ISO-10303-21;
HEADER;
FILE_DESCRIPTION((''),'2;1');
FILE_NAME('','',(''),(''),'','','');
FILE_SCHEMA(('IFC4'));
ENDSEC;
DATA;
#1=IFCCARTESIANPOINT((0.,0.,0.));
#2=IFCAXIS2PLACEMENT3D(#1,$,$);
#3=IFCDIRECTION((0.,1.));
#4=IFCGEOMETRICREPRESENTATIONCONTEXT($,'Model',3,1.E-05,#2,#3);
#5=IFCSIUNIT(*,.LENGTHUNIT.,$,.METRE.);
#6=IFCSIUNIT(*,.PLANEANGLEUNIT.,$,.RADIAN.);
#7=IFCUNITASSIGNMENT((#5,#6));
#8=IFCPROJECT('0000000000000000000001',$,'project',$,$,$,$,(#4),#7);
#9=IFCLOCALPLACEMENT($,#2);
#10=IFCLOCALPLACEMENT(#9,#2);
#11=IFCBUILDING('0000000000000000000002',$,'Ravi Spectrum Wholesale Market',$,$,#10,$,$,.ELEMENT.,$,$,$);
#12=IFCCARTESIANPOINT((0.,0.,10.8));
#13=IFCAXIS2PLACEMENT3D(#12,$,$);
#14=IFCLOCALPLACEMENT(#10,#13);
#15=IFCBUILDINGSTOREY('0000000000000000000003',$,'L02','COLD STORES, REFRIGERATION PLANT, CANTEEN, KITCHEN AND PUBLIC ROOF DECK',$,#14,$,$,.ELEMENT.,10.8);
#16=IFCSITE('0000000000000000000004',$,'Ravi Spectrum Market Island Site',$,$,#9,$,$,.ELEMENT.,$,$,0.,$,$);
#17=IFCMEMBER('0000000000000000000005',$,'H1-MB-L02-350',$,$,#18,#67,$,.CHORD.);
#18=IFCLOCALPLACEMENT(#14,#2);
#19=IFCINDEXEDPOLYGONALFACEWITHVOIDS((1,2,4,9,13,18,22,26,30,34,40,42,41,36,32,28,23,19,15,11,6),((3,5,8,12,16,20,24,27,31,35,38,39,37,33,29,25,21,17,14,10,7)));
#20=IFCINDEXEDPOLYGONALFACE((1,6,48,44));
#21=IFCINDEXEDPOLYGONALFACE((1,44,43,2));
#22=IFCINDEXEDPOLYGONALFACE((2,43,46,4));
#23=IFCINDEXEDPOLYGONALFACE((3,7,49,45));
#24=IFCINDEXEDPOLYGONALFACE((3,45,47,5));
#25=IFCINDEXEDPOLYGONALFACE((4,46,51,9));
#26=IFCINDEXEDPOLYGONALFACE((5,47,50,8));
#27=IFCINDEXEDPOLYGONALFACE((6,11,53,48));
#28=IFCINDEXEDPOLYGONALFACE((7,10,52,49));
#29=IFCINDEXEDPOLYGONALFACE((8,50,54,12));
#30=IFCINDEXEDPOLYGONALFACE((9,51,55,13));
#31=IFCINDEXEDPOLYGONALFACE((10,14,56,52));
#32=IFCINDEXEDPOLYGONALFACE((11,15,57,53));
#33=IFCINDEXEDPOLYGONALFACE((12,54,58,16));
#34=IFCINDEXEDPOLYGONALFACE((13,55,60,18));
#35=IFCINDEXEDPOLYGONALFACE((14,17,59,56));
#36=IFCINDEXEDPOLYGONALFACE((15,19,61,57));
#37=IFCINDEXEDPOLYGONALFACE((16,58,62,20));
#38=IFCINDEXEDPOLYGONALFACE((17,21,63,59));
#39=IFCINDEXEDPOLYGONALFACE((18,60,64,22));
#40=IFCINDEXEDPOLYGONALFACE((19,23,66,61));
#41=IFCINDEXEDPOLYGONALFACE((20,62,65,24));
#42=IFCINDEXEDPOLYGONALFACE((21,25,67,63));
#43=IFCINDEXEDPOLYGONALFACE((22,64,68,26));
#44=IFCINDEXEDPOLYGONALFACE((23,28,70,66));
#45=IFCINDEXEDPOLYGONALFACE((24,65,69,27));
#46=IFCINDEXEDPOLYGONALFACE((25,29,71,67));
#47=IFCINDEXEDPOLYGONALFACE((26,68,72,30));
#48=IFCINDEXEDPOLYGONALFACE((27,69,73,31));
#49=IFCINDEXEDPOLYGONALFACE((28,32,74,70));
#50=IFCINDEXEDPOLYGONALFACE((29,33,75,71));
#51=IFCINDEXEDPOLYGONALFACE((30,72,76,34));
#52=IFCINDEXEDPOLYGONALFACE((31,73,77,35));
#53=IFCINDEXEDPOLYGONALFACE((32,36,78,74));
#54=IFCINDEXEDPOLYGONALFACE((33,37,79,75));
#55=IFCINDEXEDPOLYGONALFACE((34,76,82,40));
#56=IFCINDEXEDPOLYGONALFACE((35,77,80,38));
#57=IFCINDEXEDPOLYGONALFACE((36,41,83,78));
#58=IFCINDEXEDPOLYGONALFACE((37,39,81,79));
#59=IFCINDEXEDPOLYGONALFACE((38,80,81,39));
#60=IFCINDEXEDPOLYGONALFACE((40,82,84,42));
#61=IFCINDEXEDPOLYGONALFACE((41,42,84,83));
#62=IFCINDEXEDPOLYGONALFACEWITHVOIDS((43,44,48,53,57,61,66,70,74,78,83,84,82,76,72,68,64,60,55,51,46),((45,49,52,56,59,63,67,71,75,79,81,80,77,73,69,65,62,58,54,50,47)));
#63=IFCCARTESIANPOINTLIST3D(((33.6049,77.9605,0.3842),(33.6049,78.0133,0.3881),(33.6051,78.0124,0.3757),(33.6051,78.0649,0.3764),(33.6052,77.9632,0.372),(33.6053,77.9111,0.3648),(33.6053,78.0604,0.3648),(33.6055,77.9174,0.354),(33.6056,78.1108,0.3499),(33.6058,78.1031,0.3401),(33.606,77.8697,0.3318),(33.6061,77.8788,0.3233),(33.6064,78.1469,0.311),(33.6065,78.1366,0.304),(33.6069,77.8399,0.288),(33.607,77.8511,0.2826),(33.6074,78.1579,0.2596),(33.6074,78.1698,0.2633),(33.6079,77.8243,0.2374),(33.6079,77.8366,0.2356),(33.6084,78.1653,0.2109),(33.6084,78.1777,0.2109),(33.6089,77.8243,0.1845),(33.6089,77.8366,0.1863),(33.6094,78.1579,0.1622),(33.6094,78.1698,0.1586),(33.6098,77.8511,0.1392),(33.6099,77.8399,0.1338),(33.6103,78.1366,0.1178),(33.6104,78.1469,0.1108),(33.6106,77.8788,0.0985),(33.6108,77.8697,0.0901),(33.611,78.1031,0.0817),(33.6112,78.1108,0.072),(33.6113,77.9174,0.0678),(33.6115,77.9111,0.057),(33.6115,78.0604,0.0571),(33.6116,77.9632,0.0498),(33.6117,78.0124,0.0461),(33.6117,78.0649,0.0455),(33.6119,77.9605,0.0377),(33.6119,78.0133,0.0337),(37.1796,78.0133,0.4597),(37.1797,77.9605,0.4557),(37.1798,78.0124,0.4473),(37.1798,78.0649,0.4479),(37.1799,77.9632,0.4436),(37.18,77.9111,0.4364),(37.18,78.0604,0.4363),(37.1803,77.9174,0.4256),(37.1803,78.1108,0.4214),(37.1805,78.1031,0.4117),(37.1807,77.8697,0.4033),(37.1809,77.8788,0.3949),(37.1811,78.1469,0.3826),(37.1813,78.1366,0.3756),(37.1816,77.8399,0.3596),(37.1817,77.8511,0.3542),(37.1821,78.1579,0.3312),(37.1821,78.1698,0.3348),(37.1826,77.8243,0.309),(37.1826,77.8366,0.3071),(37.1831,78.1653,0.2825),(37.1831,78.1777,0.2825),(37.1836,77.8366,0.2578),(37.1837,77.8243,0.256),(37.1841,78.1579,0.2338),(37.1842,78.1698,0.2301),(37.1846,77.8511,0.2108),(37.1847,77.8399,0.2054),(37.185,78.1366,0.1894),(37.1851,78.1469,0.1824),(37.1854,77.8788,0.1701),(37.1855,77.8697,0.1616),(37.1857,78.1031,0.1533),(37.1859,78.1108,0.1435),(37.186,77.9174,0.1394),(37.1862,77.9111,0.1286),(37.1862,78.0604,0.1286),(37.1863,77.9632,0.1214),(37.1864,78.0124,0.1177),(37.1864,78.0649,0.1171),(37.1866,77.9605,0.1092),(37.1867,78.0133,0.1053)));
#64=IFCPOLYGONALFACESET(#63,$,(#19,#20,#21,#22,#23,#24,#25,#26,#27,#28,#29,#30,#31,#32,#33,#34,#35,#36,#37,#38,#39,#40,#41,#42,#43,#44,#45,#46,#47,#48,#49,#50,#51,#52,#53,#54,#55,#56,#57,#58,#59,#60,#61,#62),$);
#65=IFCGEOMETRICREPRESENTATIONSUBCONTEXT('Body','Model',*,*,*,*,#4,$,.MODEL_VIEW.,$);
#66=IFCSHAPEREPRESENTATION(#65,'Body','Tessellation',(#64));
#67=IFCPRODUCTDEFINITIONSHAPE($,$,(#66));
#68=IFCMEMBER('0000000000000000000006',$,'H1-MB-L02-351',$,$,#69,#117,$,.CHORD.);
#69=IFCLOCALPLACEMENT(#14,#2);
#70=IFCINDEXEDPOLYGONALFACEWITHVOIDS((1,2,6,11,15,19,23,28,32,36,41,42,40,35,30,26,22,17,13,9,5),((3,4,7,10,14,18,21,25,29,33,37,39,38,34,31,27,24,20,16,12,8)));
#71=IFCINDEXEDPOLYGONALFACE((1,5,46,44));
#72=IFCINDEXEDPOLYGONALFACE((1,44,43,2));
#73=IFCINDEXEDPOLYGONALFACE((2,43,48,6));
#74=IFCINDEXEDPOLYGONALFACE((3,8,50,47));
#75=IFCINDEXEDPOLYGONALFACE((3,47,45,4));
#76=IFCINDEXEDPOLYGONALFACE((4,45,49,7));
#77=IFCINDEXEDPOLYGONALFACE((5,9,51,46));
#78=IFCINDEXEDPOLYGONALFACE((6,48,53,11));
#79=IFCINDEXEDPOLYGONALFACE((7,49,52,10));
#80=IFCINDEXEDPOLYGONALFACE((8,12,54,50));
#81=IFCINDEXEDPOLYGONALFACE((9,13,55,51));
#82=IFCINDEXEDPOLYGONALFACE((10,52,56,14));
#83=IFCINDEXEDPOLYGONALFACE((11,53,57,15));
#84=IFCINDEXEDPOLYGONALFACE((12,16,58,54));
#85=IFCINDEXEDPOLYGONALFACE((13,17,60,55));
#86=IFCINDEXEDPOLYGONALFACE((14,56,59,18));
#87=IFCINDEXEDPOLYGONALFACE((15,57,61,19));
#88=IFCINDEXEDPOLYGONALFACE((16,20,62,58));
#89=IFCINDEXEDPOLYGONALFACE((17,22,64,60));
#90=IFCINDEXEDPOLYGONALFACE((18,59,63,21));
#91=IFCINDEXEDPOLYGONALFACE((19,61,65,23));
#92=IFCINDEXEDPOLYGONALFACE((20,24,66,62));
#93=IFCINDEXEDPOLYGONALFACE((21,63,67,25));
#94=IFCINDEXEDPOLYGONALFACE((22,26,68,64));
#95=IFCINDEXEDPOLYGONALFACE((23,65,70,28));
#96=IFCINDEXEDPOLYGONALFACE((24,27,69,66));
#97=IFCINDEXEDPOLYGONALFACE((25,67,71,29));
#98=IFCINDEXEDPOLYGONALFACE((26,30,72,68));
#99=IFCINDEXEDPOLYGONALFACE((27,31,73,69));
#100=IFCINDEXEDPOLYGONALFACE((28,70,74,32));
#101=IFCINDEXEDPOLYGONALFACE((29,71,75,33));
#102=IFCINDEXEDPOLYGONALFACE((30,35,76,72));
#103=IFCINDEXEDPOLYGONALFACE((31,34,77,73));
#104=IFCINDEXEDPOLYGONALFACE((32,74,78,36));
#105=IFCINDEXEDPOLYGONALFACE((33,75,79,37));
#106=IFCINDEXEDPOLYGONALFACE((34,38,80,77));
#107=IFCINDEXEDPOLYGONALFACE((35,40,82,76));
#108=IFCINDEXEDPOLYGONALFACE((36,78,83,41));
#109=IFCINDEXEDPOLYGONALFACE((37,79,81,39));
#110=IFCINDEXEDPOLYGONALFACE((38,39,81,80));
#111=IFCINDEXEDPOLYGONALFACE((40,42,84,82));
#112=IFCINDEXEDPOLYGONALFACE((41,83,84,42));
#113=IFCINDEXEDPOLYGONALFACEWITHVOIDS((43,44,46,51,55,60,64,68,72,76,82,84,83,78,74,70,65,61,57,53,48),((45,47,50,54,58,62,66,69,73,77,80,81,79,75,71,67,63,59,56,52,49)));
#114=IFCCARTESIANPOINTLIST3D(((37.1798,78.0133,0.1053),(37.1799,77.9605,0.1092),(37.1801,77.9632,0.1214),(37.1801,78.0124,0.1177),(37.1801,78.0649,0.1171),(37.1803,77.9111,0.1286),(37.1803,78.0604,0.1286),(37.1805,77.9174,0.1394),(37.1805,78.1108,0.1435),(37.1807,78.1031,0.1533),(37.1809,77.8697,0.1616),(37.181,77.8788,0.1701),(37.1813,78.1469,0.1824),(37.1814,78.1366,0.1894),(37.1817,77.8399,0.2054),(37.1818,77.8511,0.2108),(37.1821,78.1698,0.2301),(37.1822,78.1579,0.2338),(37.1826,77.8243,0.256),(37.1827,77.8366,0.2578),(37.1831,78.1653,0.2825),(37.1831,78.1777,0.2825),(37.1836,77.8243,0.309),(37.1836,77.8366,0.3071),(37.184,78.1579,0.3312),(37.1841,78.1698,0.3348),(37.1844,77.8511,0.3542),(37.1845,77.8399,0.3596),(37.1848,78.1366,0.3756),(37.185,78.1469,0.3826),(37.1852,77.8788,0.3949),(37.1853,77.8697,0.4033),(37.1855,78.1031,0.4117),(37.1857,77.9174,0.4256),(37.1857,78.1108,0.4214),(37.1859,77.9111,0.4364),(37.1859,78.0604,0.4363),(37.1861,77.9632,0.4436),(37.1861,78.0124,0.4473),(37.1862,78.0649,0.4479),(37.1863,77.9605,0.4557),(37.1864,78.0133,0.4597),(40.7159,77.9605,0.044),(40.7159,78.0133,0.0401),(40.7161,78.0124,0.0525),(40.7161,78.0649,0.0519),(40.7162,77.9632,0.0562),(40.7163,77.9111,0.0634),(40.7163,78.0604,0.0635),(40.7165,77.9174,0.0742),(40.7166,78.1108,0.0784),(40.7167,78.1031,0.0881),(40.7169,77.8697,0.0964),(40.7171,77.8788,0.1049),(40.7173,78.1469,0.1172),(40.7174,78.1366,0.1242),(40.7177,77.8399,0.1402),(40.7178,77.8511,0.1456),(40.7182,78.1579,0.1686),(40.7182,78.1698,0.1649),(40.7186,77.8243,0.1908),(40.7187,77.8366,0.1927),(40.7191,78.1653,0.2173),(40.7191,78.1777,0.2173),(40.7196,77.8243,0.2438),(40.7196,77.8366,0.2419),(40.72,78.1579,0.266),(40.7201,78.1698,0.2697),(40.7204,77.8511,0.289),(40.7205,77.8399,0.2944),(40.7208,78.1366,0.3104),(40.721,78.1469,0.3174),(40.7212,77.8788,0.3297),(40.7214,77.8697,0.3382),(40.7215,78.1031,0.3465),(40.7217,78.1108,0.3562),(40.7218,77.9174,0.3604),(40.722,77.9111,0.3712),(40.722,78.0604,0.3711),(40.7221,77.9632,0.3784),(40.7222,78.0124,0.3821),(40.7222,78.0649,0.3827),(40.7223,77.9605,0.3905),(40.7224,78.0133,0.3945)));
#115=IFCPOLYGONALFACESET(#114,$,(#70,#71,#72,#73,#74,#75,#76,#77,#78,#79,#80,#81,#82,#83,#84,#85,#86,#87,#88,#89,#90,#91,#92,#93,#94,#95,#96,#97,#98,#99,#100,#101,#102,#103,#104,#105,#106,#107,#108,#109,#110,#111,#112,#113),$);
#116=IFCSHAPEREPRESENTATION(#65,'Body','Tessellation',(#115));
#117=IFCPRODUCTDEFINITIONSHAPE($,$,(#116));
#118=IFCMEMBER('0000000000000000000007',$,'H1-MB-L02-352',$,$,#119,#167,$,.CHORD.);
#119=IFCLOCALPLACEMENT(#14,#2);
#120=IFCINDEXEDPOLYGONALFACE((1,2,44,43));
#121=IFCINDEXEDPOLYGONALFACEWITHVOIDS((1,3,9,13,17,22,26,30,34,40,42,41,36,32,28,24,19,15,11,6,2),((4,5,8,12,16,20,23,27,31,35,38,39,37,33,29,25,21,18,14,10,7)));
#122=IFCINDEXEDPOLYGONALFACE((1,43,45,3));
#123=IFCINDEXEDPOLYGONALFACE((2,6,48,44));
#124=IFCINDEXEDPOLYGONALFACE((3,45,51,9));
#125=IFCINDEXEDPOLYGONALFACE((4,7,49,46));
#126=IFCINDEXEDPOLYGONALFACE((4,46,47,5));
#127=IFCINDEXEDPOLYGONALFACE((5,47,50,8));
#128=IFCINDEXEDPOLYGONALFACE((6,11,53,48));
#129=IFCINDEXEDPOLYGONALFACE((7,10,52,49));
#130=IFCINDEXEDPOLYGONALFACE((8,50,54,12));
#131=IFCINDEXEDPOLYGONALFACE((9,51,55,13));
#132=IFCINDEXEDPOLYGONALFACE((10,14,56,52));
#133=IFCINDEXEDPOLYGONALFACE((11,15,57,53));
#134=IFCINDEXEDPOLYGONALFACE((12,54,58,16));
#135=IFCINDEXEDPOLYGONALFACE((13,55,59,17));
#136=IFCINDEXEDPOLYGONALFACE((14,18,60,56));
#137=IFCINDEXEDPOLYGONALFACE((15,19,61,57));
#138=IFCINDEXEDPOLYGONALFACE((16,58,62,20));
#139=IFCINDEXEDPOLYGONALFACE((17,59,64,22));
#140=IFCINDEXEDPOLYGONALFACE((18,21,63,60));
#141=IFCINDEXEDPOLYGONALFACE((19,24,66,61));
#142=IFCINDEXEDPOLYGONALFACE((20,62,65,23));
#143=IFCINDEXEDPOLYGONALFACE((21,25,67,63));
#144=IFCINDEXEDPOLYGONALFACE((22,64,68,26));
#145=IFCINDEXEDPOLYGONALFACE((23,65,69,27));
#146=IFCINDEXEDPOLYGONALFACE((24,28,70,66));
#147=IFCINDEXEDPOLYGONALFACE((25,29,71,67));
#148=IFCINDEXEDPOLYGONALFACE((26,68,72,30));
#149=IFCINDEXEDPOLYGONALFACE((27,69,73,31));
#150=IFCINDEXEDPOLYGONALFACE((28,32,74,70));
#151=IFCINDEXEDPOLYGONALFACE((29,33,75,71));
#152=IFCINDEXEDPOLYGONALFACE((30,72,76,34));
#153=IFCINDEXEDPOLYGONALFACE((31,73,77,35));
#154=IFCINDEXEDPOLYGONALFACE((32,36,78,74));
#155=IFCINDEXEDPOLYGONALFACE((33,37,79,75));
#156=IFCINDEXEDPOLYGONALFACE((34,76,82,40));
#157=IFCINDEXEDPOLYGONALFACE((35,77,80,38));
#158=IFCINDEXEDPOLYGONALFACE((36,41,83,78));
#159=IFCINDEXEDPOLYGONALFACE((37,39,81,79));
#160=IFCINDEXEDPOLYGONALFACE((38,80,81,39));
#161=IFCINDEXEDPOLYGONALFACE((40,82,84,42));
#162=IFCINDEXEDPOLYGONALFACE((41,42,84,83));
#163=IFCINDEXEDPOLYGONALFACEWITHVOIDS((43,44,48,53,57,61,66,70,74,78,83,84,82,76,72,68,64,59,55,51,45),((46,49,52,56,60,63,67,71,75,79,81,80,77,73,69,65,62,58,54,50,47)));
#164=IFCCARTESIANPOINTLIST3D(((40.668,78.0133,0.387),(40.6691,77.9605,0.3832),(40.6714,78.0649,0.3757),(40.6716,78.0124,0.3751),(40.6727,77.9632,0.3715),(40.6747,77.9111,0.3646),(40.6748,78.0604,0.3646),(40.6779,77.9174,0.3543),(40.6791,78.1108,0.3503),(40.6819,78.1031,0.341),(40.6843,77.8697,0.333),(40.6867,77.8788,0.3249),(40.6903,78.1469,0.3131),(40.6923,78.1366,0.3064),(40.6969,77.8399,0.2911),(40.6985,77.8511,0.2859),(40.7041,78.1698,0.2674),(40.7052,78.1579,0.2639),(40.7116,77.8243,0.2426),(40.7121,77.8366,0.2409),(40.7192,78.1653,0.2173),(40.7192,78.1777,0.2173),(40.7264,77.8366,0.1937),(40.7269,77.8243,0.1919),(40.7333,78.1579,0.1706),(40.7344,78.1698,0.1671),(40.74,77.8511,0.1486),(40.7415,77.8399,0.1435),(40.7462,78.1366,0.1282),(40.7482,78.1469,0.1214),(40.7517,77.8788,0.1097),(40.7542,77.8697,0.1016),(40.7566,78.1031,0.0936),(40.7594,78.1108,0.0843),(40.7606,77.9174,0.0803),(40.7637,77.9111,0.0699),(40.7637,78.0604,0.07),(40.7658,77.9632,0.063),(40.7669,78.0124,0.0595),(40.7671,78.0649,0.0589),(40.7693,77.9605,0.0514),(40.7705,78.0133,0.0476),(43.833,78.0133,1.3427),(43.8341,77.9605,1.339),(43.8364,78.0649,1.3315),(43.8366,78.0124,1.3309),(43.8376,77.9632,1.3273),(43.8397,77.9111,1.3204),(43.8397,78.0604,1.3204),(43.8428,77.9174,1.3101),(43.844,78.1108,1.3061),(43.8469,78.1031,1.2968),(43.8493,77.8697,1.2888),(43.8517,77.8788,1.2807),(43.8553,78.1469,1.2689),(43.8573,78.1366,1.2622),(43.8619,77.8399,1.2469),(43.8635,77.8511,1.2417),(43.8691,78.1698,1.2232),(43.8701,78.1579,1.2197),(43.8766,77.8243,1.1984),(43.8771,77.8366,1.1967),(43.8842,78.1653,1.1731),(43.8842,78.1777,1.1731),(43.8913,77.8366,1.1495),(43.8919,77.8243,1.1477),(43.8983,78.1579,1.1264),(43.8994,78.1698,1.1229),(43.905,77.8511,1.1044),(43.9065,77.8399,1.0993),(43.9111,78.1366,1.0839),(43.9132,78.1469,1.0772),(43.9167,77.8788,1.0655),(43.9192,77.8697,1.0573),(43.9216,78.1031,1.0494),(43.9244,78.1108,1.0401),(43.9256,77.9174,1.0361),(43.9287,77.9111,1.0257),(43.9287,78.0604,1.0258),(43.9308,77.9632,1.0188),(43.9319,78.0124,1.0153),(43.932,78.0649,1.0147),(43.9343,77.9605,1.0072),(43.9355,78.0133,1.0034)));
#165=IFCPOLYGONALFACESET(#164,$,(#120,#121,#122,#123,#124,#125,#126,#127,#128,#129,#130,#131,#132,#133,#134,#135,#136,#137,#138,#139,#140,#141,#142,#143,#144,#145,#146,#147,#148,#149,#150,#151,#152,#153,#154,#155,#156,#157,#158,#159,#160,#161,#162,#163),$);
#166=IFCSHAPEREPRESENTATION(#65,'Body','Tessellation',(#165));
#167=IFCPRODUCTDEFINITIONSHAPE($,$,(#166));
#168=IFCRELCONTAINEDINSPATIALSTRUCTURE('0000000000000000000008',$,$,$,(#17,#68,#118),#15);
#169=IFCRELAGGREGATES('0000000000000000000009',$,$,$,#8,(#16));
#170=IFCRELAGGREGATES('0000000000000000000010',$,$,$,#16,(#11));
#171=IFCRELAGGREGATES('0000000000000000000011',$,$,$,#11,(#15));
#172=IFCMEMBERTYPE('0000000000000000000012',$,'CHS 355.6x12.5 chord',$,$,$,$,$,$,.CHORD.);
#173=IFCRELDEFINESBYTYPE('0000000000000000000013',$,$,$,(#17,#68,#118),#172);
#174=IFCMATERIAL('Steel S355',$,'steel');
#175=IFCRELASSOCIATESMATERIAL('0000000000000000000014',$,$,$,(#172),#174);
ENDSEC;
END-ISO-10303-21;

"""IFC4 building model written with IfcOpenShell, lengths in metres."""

from ifc_helpers import new_model, si_unit, direction, frame, origin, origin_2d, place, context, subcontext, project, spatial, hollow_circle, extrude, material, material_profile, profile_set, type_object, element, save


model = new_model("IFC4")

# Units and contexts
model_context = context("Model", 3, precision=1e-05, world=origin(), true_north=direction((0.0, 1.0)))
body_context = subcontext(model_context, "Body", "Model", "MODEL_VIEW")
ifc_project = project(units=[si_unit("LENGTHUNIT", "METRE"), si_unit("PLANEANGLEUNIT", "RADIAN")], contexts=[model_context])

# Site, building, storey
site_placement = place(None, origin())
site = spatial("IfcSite", under=ifc_project, at=site_placement, Name="Ravi Spectrum Market Island Site", CompositionType="ELEMENT", RefElevation=0.0)
building_placement = place(site_placement, origin())
building = spatial("IfcBuilding", under=site, at=building_placement, Name="Ravi Spectrum Wholesale Market", CompositionType="ELEMENT")
storey_placement = place(building_placement, frame((0.0, 0.0, 10.8)))
storey = spatial("IfcBuildingStorey", under=building, at=storey_placement, Name="L02", Description="COLD STORES, REFRIGERATION PLANT, CANTEEN, KITCHEN AND PUBLIC ROOF DECK", CompositionType="ELEMENT", Elevation=10.8)

# Members
ifc_material_1 = material(Name="Steel S355", Category="steel")
ifc_material_profile_1 = material_profile(ifc_material_1, hollow_circle(Radius=0.1777, WallThickness=0.0125, at=origin_2d()))
ifc_profile_set_1 = profile_set([ifc_material_profile_1], Name="Steel S355")
member_type_1 = type_object("IfcMemberType", Name="CHS 355.6x12.5 chord", PredefinedType="CHORD", material=ifc_profile_set_1)
member_1_placement = place(storey_placement, frame((33.6084, 78.0, 0.2109), z_axis=(0.9998, 0.0, 0.020007), x_axis=(0.0, 1.0, 0.0)))
element("IfcMember", 1, at=member_1_placement, inside=storey, type_object=member_type_1, Name="H1-MB-L02-350", PredefinedType="CHORD", context=body_context, shape_type="SweptSolid", body=[
    extrude(hollow_circle(Radius=0.1777, WallThickness=0.0125, at=origin_2d()), origin(), (0.0, 0.0, 1.0), 3.5754),
])
member_2_placement = place(storey_placement, frame((37.1831, 78.0, 0.2825), z_axis=(0.99983, 0.0, -0.018431), x_axis=(0.0, 1.0, 0.0)))
element("IfcMember", 2, at=member_2_placement, inside=storey, type_object=member_type_1, Name="H1-MB-L02-351", PredefinedType="CHORD", context=body_context, shape_type="SweptSolid", body=[
    extrude(hollow_circle(Radius=0.1777, WallThickness=0.0125, at=origin_2d()), origin(), (0.0, 0.0, 1.0), 3.5366),
])
member_3_placement = place(storey_placement, frame((40.7192, 78.0, 0.2173), z_axis=(0.9573, 0.0, 0.289095), x_axis=(0.0, 1.0, 0.0)))
element("IfcMember", 3, at=member_3_placement, inside=storey, type_object=member_type_1, Name="H1-MB-L02-352", PredefinedType="CHORD", context=body_context, shape_type="SweptSolid", body=[
    extrude(hollow_circle(Radius=0.1777, WallThickness=0.0125, at=origin_2d()), origin(), (0.0, 0.0, 1.0), 3.3062),
])

save(model, "model.ifc")
